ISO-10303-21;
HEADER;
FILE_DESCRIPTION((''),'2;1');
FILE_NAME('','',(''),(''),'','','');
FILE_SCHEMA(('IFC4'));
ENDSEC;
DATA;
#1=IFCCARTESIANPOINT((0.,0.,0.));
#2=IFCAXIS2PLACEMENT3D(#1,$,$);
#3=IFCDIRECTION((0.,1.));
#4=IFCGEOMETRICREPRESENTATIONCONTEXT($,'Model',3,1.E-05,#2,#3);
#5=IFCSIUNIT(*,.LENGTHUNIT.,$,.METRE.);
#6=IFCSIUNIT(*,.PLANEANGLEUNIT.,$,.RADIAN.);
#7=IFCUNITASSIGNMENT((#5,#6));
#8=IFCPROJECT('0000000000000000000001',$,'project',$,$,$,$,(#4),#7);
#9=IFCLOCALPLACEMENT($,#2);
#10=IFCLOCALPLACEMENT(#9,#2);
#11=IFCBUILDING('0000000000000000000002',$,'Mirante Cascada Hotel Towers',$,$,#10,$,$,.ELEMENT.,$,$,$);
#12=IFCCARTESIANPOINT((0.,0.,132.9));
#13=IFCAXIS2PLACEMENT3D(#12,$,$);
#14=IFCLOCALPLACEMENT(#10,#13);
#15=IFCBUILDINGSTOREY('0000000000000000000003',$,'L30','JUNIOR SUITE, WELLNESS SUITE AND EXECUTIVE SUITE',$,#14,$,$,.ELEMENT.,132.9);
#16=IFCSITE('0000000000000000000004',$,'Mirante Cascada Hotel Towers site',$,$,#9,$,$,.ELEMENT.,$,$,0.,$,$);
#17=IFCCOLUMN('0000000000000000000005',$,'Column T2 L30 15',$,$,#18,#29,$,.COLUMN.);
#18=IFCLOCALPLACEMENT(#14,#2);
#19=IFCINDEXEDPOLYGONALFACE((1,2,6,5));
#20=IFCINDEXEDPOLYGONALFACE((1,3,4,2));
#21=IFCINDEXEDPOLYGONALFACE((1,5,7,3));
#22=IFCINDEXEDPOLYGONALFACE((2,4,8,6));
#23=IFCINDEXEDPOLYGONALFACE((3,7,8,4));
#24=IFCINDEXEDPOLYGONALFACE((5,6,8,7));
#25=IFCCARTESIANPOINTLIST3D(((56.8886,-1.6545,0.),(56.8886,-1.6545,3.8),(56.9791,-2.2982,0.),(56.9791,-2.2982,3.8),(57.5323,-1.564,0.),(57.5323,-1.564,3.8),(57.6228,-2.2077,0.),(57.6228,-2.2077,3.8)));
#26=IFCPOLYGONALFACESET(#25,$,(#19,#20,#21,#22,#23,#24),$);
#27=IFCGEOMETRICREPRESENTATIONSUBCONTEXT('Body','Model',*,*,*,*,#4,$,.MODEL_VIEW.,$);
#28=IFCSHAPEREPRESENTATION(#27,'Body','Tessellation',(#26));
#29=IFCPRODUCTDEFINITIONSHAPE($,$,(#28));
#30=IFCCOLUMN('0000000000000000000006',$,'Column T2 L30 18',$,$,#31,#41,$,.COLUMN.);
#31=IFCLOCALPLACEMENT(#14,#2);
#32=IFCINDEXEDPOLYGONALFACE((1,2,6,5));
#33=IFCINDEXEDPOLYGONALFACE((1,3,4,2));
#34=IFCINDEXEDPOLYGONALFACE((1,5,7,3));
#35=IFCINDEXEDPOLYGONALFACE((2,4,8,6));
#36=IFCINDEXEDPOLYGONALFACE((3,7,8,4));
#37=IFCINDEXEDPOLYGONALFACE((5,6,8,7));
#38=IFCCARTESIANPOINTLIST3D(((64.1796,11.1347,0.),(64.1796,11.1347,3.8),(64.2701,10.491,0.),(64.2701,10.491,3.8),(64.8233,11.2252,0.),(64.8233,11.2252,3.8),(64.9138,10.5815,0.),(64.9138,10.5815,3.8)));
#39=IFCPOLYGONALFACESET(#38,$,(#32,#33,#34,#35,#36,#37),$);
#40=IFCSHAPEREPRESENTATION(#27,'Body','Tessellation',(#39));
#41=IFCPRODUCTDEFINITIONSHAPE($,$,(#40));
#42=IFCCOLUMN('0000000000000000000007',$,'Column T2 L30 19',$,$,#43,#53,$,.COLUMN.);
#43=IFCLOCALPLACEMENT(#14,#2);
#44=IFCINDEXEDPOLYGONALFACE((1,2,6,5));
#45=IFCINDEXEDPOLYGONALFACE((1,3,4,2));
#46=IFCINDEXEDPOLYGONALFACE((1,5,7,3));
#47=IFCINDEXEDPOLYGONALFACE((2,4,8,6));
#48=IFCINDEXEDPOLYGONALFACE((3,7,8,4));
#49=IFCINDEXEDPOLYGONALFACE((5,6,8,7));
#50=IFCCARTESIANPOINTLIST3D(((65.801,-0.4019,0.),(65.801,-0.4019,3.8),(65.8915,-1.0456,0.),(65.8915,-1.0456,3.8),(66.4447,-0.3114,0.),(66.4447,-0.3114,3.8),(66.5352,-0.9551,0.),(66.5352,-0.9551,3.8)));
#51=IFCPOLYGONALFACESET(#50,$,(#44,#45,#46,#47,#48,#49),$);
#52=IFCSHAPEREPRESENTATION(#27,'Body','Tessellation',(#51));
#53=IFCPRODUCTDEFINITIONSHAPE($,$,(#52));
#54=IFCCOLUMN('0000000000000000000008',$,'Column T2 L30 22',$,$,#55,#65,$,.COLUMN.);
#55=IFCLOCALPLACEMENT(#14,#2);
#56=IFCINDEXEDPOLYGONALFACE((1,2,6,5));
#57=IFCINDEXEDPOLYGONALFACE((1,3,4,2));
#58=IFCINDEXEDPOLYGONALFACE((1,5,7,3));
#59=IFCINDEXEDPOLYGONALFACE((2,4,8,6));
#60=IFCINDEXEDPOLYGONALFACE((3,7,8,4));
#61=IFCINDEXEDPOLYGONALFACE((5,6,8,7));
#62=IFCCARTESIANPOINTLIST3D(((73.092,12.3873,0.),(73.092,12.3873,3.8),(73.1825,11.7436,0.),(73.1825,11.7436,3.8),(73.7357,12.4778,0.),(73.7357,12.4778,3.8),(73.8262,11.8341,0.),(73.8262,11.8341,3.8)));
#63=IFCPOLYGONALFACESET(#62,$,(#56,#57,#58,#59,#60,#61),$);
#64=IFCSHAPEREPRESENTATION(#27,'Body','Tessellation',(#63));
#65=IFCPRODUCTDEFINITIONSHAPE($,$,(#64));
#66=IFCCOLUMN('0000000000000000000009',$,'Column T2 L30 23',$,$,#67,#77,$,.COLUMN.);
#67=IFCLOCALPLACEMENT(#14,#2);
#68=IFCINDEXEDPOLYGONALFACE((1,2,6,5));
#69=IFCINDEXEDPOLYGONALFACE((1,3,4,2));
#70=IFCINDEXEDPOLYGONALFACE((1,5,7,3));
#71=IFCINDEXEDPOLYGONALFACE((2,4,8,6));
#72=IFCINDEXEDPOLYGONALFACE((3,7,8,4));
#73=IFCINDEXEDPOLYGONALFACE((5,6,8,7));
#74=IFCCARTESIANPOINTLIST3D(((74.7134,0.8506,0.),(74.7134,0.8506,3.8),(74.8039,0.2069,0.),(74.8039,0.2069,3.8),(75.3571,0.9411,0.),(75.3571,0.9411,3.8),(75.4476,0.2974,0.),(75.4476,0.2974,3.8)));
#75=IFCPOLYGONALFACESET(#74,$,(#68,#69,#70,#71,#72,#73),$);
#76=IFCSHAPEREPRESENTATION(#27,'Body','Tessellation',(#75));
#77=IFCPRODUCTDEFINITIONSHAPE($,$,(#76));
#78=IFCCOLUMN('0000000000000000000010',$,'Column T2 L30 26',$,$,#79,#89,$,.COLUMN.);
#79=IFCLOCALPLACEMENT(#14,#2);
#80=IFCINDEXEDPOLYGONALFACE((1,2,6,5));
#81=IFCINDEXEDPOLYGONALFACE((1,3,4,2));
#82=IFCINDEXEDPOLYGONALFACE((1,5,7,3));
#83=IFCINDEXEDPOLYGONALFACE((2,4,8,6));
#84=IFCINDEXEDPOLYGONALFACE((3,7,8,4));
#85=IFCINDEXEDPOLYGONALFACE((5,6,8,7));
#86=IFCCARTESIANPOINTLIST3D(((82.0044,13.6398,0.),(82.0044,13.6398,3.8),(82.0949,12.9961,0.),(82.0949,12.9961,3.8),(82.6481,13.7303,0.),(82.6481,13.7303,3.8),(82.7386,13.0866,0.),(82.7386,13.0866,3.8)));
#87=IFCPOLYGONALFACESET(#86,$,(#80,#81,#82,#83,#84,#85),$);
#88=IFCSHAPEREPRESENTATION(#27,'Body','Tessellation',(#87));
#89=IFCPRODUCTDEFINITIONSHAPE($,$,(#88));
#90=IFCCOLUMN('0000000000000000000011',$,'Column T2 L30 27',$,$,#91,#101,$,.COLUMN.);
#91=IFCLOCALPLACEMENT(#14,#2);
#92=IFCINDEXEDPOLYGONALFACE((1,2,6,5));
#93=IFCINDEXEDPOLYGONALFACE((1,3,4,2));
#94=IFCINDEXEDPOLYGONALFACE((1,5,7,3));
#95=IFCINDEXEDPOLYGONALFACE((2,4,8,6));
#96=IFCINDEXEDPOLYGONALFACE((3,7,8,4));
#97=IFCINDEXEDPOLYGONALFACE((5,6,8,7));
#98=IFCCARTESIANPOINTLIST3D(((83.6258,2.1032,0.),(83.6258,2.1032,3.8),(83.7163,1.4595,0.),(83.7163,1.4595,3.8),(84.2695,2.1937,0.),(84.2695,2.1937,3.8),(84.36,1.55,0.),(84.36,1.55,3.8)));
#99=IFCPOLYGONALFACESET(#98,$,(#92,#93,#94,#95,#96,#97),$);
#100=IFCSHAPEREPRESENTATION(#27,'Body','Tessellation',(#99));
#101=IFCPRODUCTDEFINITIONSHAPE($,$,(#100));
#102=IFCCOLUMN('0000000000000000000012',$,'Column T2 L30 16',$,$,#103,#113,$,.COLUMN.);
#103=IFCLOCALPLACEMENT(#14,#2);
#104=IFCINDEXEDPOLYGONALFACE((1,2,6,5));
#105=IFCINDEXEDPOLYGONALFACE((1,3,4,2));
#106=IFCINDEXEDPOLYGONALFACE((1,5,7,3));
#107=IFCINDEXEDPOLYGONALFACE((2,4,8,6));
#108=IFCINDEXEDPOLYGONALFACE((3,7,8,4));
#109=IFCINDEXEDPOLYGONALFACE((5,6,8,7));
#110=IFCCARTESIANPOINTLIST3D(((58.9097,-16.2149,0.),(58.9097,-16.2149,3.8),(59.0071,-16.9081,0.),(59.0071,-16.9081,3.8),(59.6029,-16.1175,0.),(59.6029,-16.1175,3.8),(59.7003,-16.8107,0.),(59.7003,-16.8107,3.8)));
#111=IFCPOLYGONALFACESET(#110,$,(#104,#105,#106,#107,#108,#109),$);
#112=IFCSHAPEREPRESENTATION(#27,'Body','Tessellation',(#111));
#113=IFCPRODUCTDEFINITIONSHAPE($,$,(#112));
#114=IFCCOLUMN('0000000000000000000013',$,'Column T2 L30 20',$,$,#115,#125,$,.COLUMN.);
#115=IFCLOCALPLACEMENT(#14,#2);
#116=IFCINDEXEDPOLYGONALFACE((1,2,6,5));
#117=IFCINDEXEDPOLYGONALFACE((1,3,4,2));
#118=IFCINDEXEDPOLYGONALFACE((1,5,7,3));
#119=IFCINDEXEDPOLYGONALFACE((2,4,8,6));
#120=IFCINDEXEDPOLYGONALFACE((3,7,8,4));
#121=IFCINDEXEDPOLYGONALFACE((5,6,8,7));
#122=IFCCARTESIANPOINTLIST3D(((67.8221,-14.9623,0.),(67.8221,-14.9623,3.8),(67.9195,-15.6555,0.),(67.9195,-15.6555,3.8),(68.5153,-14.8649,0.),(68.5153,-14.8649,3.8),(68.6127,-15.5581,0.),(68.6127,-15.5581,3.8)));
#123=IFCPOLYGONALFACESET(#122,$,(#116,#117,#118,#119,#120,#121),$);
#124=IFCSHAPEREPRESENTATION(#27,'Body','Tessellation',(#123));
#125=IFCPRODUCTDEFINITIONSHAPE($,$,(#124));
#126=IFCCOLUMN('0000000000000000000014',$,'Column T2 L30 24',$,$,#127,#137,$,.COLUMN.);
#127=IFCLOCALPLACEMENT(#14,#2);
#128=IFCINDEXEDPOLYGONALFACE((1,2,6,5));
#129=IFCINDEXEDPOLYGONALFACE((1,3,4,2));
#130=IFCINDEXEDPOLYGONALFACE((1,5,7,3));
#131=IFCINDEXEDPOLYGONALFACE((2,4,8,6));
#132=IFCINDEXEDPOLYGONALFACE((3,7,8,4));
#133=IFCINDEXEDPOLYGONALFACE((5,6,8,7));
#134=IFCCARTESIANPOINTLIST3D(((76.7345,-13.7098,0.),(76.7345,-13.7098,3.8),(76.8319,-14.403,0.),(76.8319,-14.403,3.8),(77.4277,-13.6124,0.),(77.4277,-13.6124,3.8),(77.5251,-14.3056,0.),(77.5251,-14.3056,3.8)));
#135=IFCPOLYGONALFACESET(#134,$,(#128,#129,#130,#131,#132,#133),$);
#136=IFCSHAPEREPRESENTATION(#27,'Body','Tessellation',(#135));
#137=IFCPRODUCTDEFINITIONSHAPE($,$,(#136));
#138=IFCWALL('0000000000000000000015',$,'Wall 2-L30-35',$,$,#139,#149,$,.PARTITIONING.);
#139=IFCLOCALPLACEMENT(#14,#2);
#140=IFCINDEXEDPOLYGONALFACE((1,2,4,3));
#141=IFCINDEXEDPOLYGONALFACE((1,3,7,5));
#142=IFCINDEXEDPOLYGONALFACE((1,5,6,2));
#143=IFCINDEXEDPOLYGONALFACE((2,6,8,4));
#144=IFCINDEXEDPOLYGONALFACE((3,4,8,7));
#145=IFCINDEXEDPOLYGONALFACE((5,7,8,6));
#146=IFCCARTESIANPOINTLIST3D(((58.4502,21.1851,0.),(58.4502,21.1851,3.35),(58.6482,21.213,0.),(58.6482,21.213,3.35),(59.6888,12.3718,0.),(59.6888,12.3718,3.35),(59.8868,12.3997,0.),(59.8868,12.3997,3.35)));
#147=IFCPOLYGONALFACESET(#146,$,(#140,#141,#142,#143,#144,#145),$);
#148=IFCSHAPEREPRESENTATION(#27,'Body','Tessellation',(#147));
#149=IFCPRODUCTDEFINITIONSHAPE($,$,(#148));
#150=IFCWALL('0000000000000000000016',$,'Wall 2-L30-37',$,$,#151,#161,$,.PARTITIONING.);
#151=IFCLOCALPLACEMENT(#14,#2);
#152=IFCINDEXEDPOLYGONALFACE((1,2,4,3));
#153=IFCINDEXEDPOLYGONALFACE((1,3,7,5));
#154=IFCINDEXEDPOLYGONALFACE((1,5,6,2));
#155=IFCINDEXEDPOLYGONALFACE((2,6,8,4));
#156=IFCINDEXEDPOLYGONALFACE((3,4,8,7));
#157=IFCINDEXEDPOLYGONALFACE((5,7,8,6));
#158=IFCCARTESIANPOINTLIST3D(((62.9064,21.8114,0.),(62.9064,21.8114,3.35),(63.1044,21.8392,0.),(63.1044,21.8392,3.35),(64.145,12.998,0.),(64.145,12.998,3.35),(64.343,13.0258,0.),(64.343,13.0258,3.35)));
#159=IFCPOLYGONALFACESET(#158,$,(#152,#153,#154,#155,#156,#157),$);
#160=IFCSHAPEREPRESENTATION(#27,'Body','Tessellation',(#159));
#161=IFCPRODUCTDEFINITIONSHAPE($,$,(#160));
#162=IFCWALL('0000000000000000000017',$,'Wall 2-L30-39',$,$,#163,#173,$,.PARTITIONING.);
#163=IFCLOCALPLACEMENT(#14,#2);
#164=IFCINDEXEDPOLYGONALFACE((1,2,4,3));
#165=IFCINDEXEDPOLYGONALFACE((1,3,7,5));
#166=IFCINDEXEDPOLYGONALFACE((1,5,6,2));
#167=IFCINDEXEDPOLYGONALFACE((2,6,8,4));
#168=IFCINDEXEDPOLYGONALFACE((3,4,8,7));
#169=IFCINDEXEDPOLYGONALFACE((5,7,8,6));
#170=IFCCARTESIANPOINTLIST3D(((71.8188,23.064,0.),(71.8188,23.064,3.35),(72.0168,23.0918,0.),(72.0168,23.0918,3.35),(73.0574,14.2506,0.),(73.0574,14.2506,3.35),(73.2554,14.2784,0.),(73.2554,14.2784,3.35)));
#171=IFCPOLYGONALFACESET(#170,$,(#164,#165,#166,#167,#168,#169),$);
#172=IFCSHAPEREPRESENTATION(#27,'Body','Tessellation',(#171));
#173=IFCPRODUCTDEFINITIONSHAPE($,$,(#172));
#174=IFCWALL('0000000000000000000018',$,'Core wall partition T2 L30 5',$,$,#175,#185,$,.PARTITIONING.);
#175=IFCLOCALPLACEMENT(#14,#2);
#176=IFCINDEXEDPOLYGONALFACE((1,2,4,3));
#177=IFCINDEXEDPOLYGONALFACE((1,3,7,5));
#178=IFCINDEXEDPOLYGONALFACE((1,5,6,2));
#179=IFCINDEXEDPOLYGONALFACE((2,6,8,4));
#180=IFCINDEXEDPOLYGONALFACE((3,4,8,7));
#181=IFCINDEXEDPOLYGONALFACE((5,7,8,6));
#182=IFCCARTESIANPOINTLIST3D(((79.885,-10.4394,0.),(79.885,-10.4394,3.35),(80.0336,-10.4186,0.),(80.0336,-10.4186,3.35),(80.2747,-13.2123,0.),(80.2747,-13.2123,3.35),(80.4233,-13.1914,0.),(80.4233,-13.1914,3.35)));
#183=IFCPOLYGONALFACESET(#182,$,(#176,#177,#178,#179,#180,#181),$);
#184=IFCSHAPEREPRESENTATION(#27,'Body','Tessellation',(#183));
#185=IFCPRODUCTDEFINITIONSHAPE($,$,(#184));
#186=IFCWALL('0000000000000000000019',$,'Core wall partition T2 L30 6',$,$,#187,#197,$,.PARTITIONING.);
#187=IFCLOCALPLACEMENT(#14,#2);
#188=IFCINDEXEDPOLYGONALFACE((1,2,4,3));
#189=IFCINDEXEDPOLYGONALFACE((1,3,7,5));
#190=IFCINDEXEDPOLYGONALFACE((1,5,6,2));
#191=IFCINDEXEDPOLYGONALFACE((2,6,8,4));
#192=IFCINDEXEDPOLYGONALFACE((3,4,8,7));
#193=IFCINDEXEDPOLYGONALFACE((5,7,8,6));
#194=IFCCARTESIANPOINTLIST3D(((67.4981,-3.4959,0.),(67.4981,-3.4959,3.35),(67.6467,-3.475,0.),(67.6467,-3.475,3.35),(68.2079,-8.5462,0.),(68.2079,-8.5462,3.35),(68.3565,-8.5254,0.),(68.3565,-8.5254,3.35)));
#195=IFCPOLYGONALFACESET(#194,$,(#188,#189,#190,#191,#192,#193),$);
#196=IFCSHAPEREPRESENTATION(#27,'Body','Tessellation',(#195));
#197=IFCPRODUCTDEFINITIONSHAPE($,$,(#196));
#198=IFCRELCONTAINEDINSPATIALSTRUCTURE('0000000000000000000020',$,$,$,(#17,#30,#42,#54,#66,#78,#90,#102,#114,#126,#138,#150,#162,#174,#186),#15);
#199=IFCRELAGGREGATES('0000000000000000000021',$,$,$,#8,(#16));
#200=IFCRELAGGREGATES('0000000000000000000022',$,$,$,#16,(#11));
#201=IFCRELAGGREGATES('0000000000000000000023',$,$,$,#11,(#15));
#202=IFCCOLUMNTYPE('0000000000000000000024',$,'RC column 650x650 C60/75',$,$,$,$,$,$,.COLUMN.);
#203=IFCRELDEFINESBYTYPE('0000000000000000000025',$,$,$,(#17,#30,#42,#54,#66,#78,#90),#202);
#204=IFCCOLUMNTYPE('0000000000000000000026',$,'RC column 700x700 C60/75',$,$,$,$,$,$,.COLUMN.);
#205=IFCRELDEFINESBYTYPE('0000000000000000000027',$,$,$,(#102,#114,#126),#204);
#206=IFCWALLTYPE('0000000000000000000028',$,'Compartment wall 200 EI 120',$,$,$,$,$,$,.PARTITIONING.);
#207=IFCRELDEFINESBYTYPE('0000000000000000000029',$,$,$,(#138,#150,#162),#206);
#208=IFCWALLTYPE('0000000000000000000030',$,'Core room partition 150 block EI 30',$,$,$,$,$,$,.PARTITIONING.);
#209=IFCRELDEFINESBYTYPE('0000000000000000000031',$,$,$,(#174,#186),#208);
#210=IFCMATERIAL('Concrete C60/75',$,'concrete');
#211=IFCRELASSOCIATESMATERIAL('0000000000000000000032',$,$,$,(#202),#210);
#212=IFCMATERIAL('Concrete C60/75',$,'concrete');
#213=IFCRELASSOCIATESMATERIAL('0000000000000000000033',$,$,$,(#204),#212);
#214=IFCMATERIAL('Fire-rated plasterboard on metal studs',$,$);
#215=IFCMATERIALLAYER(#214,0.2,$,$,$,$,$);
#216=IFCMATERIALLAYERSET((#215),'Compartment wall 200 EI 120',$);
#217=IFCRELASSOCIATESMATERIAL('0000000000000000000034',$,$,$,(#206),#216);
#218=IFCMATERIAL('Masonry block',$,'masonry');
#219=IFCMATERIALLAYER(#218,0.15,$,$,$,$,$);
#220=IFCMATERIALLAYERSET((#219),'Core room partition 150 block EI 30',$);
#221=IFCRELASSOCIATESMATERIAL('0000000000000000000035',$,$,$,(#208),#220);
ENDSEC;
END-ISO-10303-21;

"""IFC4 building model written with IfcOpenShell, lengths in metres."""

from ifc_helpers import new_model, si_unit, direction, frame, frame_2d, origin, origin_2d, place, context, subcontext, project, spatial, rectangle, extrude, material, layer, layer_set, material_profile, profile_set, type_object, element, save


model = new_model("IFC4")

# Units and contexts
model_context = context("Model", 3, precision=1e-05, world=origin(), true_north=direction((0.0, 1.0)))
body_context = subcontext(model_context, "Body", "Model", "MODEL_VIEW")
ifc_project = project(units=[si_unit("LENGTHUNIT", "METRE"), si_unit("PLANEANGLEUNIT", "RADIAN")], contexts=[model_context])

# Site, building, storey
site_placement = place(None, origin())
site = spatial("IfcSite", under=ifc_project, at=site_placement, Name="Mirante Cascada Hotel Towers site", CompositionType="ELEMENT", RefElevation=0.0)
building_placement = place(site_placement, origin())
building = spatial("IfcBuilding", under=site, at=building_placement, Name="Mirante Cascada Hotel Towers", CompositionType="ELEMENT")
storey_placement = place(building_placement, frame((0.0, 0.0, 132.9)))
storey = spatial("IfcBuildingStorey", under=building, at=storey_placement, Name="L30", Description="JUNIOR SUITE, WELLNESS SUITE AND EXECUTIVE SUITE", CompositionType="ELEMENT", Elevation=132.9)

# Columns
ifc_material_1 = material(Name="Concrete C60/75", Category="concrete")
ifc_material_profile_1 = material_profile(ifc_material_1, rectangle(XDim=0.65, YDim=0.65, at=origin_2d()), Name="RC column 650x650 C60/75")
ifc_profile_set_1 = profile_set([ifc_material_profile_1], Name="Concrete C60/75")
column_type_1 = type_object("IfcColumnType", Name="RC column 650x650 C60/75", PredefinedType="COLUMN", material=ifc_profile_set_1)
for number, where, z_axis, x_axis, name in (
    (1, (57.2557, -1.9311, 0.0), (0.0, 0.0, 1.0), (0.990268, 0.139173, 0.0), "Column T2 L30 15"),
    (2, (64.5467, 10.8581, 0.0), (0.0, 0.0, 1.0), (0.990268, 0.139173, 0.0), "Column T2 L30 18"),
    (3, (66.1681, -0.6785, 0.0), (0.0, 0.0, 1.0), (0.990268, 0.139173, 0.0), "Column T2 L30 19"),
    (4, (73.4591, 12.1107, 0.0), (0.0, 0.0, 1.0), (0.990268, 0.139173, 0.0), "Column T2 L30 22"),
    (5, (75.0805, 0.574, 0.0), (0.0, 0.0, 1.0), (0.990268, 0.139173, 0.0), "Column T2 L30 23"),
    (6, (82.3715, 13.3632, 0.0), (0.0, 0.0, 1.0), (0.990268, 0.139173, 0.0), "Column T2 L30 26"),
    (7, (83.9929, 1.8266, 0.0), (0.0, 0.0, 1.0), (0.990268, 0.139173, 0.0), "Column T2 L30 27"),
):
    element("IfcColumn", number, at=place(storey_placement, frame(where, z_axis=z_axis, x_axis=x_axis)), inside=storey, type_object=column_type_1, Name=name, PredefinedType="COLUMN", context=body_context, shape_type="SweptSolid", body=[
        extrude(rectangle(XDim=0.65, YDim=0.65, at=origin_2d()), origin(), (0.0, 0.0, 1.0), 3.8),
    ])
ifc_material_2 = material(Name="Concrete C60/75", Category="concrete")
ifc_material_profile_2 = material_profile(ifc_material_2, rectangle(XDim=0.7, YDim=0.7, at=origin_2d()), Name="RC column 700x700 C60/75")
ifc_profile_set_2 = profile_set([ifc_material_profile_2], Name="Concrete C60/75")
column_type_2 = type_object("IfcColumnType", Name="RC column 700x700 C60/75", PredefinedType="COLUMN", material=ifc_profile_set_2)
for number, where, z_axis, x_axis, name in (
    (8, (59.305, -16.5128, 0.0), (0.0, 0.0, 1.0), (0.990268, 0.139173, 0.0), "Column T2 L30 16"),
    (9, (68.2174, -15.2602, 0.0), (0.0, 0.0, 1.0), (0.990268, 0.139173, 0.0), "Column T2 L30 20"),
    (10, (77.1298, -14.0077, 0.0), (0.0, 0.0, 1.0), (0.990268, 0.139173, 0.0), "Column T2 L30 24"),
):
    element("IfcColumn", number, at=place(storey_placement, frame(where, z_axis=z_axis, x_axis=x_axis)), inside=storey, type_object=column_type_2, Name=name, PredefinedType="COLUMN", context=body_context, shape_type="SweptSolid", body=[
        extrude(rectangle(XDim=0.7, YDim=0.7, at=origin_2d()), origin(), (0.0, 0.0, 1.0), 3.8),
    ])

# Walls
ifc_material_3 = material(Name="Fire-rated plasterboard on metal studs")
ifc_layer_1 = layer(ifc_material_3, 0.2)
ifc_layer_set_1 = layer_set([ifc_layer_1], Name="Compartment wall 200 EI 120")
wall_type_1 = type_object("IfcWallType", Name="Compartment wall 200 EI 120", PredefinedType="PARTITIONING", material=ifc_layer_set_1)
wall_1_placement = place(storey_placement, frame((59.7878, 12.3857, 0.0), z_axis=(0.0, 0.0, 1.0), x_axis=(-0.13917, 0.990268, 0.0)))
element("IfcWall", 11, at=wall_1_placement, inside=storey, type_object=wall_type_1, Name="Wall 2-L30-35", PredefinedType="PARTITIONING", context=body_context, shape_type="SweptSolid", body=[
    extrude(rectangle(XDim=8.8999, YDim=0.2, at=frame_2d((4.45, 0.0))), origin(), (0.0, 0.0, 1.0), 3.35),
])
for number, where, z_axis, x_axis, name in (
    (12, (64.244, 13.0119, 0.0), (0.0, 0.0, 1.0), (-0.139168, 0.990269, 0.0), "Wall 2-L30-37"),
    (13, (73.1564, 14.2645, 0.0), (0.0, 0.0, 1.0), (-0.139168, 0.990269, 0.0), "Wall 2-L30-39"),
):
    element("IfcWall", number, at=place(storey_placement, frame(where, z_axis=z_axis, x_axis=x_axis)), inside=storey, type_object=wall_type_1, Name=name, PredefinedType="PARTITIONING", context=body_context, shape_type="SweptSolid", body=[
        extrude(rectangle(XDim=8.9, YDim=0.2, at=frame_2d((4.45, 0.0))), origin(), (0.0, 0.0, 1.0), 3.35),
    ])
ifc_material_4 = material(Name="Masonry block", Category="masonry")
ifc_layer_2 = layer(ifc_material_4, 0.15)
ifc_layer_set_2 = layer_set([ifc_layer_2], Name="Core room partition 150 block EI 30")
wall_type_2 = type_object("IfcWallType", Name="Core room partition 150 block EI 30", PredefinedType="PARTITIONING", material=ifc_layer_set_2)
wall_2_placement = place(storey_placement, frame((80.349, -13.2018, 0.0), z_axis=(0.0, 0.0, 1.0), x_axis=(-0.139176, 0.990268, 0.0)))
element("IfcWall", 14, at=wall_2_placement, inside=storey, type_object=wall_type_2, Name="Core wall partition T2 L30 5", PredefinedType="PARTITIONING", context=body_context, shape_type="SweptSolid", body=[
    extrude(rectangle(XDim=2.8001, YDim=0.15, at=frame_2d((1.4, 0.0))), origin(), (0.0, 0.0, 1.0), 3.35),
])
wall_3_placement = place(storey_placement, frame((68.2822, -8.5358, 0.0), z_axis=(0.0, 0.0, 1.0), x_axis=(-0.139176, 0.990268, 0.0)))
element("IfcWall", 15, at=wall_3_placement, inside=storey, type_object=wall_type_2, Name="Core wall partition T2 L30 6", PredefinedType="PARTITIONING", context=body_context, shape_type="SweptSolid", body=[
    extrude(rectangle(XDim=5.1, YDim=0.15, at=frame_2d((2.55, 0.0))), origin(), (0.0, 0.0, 1.0), 3.35),
])

save(model, "model.ifc")
